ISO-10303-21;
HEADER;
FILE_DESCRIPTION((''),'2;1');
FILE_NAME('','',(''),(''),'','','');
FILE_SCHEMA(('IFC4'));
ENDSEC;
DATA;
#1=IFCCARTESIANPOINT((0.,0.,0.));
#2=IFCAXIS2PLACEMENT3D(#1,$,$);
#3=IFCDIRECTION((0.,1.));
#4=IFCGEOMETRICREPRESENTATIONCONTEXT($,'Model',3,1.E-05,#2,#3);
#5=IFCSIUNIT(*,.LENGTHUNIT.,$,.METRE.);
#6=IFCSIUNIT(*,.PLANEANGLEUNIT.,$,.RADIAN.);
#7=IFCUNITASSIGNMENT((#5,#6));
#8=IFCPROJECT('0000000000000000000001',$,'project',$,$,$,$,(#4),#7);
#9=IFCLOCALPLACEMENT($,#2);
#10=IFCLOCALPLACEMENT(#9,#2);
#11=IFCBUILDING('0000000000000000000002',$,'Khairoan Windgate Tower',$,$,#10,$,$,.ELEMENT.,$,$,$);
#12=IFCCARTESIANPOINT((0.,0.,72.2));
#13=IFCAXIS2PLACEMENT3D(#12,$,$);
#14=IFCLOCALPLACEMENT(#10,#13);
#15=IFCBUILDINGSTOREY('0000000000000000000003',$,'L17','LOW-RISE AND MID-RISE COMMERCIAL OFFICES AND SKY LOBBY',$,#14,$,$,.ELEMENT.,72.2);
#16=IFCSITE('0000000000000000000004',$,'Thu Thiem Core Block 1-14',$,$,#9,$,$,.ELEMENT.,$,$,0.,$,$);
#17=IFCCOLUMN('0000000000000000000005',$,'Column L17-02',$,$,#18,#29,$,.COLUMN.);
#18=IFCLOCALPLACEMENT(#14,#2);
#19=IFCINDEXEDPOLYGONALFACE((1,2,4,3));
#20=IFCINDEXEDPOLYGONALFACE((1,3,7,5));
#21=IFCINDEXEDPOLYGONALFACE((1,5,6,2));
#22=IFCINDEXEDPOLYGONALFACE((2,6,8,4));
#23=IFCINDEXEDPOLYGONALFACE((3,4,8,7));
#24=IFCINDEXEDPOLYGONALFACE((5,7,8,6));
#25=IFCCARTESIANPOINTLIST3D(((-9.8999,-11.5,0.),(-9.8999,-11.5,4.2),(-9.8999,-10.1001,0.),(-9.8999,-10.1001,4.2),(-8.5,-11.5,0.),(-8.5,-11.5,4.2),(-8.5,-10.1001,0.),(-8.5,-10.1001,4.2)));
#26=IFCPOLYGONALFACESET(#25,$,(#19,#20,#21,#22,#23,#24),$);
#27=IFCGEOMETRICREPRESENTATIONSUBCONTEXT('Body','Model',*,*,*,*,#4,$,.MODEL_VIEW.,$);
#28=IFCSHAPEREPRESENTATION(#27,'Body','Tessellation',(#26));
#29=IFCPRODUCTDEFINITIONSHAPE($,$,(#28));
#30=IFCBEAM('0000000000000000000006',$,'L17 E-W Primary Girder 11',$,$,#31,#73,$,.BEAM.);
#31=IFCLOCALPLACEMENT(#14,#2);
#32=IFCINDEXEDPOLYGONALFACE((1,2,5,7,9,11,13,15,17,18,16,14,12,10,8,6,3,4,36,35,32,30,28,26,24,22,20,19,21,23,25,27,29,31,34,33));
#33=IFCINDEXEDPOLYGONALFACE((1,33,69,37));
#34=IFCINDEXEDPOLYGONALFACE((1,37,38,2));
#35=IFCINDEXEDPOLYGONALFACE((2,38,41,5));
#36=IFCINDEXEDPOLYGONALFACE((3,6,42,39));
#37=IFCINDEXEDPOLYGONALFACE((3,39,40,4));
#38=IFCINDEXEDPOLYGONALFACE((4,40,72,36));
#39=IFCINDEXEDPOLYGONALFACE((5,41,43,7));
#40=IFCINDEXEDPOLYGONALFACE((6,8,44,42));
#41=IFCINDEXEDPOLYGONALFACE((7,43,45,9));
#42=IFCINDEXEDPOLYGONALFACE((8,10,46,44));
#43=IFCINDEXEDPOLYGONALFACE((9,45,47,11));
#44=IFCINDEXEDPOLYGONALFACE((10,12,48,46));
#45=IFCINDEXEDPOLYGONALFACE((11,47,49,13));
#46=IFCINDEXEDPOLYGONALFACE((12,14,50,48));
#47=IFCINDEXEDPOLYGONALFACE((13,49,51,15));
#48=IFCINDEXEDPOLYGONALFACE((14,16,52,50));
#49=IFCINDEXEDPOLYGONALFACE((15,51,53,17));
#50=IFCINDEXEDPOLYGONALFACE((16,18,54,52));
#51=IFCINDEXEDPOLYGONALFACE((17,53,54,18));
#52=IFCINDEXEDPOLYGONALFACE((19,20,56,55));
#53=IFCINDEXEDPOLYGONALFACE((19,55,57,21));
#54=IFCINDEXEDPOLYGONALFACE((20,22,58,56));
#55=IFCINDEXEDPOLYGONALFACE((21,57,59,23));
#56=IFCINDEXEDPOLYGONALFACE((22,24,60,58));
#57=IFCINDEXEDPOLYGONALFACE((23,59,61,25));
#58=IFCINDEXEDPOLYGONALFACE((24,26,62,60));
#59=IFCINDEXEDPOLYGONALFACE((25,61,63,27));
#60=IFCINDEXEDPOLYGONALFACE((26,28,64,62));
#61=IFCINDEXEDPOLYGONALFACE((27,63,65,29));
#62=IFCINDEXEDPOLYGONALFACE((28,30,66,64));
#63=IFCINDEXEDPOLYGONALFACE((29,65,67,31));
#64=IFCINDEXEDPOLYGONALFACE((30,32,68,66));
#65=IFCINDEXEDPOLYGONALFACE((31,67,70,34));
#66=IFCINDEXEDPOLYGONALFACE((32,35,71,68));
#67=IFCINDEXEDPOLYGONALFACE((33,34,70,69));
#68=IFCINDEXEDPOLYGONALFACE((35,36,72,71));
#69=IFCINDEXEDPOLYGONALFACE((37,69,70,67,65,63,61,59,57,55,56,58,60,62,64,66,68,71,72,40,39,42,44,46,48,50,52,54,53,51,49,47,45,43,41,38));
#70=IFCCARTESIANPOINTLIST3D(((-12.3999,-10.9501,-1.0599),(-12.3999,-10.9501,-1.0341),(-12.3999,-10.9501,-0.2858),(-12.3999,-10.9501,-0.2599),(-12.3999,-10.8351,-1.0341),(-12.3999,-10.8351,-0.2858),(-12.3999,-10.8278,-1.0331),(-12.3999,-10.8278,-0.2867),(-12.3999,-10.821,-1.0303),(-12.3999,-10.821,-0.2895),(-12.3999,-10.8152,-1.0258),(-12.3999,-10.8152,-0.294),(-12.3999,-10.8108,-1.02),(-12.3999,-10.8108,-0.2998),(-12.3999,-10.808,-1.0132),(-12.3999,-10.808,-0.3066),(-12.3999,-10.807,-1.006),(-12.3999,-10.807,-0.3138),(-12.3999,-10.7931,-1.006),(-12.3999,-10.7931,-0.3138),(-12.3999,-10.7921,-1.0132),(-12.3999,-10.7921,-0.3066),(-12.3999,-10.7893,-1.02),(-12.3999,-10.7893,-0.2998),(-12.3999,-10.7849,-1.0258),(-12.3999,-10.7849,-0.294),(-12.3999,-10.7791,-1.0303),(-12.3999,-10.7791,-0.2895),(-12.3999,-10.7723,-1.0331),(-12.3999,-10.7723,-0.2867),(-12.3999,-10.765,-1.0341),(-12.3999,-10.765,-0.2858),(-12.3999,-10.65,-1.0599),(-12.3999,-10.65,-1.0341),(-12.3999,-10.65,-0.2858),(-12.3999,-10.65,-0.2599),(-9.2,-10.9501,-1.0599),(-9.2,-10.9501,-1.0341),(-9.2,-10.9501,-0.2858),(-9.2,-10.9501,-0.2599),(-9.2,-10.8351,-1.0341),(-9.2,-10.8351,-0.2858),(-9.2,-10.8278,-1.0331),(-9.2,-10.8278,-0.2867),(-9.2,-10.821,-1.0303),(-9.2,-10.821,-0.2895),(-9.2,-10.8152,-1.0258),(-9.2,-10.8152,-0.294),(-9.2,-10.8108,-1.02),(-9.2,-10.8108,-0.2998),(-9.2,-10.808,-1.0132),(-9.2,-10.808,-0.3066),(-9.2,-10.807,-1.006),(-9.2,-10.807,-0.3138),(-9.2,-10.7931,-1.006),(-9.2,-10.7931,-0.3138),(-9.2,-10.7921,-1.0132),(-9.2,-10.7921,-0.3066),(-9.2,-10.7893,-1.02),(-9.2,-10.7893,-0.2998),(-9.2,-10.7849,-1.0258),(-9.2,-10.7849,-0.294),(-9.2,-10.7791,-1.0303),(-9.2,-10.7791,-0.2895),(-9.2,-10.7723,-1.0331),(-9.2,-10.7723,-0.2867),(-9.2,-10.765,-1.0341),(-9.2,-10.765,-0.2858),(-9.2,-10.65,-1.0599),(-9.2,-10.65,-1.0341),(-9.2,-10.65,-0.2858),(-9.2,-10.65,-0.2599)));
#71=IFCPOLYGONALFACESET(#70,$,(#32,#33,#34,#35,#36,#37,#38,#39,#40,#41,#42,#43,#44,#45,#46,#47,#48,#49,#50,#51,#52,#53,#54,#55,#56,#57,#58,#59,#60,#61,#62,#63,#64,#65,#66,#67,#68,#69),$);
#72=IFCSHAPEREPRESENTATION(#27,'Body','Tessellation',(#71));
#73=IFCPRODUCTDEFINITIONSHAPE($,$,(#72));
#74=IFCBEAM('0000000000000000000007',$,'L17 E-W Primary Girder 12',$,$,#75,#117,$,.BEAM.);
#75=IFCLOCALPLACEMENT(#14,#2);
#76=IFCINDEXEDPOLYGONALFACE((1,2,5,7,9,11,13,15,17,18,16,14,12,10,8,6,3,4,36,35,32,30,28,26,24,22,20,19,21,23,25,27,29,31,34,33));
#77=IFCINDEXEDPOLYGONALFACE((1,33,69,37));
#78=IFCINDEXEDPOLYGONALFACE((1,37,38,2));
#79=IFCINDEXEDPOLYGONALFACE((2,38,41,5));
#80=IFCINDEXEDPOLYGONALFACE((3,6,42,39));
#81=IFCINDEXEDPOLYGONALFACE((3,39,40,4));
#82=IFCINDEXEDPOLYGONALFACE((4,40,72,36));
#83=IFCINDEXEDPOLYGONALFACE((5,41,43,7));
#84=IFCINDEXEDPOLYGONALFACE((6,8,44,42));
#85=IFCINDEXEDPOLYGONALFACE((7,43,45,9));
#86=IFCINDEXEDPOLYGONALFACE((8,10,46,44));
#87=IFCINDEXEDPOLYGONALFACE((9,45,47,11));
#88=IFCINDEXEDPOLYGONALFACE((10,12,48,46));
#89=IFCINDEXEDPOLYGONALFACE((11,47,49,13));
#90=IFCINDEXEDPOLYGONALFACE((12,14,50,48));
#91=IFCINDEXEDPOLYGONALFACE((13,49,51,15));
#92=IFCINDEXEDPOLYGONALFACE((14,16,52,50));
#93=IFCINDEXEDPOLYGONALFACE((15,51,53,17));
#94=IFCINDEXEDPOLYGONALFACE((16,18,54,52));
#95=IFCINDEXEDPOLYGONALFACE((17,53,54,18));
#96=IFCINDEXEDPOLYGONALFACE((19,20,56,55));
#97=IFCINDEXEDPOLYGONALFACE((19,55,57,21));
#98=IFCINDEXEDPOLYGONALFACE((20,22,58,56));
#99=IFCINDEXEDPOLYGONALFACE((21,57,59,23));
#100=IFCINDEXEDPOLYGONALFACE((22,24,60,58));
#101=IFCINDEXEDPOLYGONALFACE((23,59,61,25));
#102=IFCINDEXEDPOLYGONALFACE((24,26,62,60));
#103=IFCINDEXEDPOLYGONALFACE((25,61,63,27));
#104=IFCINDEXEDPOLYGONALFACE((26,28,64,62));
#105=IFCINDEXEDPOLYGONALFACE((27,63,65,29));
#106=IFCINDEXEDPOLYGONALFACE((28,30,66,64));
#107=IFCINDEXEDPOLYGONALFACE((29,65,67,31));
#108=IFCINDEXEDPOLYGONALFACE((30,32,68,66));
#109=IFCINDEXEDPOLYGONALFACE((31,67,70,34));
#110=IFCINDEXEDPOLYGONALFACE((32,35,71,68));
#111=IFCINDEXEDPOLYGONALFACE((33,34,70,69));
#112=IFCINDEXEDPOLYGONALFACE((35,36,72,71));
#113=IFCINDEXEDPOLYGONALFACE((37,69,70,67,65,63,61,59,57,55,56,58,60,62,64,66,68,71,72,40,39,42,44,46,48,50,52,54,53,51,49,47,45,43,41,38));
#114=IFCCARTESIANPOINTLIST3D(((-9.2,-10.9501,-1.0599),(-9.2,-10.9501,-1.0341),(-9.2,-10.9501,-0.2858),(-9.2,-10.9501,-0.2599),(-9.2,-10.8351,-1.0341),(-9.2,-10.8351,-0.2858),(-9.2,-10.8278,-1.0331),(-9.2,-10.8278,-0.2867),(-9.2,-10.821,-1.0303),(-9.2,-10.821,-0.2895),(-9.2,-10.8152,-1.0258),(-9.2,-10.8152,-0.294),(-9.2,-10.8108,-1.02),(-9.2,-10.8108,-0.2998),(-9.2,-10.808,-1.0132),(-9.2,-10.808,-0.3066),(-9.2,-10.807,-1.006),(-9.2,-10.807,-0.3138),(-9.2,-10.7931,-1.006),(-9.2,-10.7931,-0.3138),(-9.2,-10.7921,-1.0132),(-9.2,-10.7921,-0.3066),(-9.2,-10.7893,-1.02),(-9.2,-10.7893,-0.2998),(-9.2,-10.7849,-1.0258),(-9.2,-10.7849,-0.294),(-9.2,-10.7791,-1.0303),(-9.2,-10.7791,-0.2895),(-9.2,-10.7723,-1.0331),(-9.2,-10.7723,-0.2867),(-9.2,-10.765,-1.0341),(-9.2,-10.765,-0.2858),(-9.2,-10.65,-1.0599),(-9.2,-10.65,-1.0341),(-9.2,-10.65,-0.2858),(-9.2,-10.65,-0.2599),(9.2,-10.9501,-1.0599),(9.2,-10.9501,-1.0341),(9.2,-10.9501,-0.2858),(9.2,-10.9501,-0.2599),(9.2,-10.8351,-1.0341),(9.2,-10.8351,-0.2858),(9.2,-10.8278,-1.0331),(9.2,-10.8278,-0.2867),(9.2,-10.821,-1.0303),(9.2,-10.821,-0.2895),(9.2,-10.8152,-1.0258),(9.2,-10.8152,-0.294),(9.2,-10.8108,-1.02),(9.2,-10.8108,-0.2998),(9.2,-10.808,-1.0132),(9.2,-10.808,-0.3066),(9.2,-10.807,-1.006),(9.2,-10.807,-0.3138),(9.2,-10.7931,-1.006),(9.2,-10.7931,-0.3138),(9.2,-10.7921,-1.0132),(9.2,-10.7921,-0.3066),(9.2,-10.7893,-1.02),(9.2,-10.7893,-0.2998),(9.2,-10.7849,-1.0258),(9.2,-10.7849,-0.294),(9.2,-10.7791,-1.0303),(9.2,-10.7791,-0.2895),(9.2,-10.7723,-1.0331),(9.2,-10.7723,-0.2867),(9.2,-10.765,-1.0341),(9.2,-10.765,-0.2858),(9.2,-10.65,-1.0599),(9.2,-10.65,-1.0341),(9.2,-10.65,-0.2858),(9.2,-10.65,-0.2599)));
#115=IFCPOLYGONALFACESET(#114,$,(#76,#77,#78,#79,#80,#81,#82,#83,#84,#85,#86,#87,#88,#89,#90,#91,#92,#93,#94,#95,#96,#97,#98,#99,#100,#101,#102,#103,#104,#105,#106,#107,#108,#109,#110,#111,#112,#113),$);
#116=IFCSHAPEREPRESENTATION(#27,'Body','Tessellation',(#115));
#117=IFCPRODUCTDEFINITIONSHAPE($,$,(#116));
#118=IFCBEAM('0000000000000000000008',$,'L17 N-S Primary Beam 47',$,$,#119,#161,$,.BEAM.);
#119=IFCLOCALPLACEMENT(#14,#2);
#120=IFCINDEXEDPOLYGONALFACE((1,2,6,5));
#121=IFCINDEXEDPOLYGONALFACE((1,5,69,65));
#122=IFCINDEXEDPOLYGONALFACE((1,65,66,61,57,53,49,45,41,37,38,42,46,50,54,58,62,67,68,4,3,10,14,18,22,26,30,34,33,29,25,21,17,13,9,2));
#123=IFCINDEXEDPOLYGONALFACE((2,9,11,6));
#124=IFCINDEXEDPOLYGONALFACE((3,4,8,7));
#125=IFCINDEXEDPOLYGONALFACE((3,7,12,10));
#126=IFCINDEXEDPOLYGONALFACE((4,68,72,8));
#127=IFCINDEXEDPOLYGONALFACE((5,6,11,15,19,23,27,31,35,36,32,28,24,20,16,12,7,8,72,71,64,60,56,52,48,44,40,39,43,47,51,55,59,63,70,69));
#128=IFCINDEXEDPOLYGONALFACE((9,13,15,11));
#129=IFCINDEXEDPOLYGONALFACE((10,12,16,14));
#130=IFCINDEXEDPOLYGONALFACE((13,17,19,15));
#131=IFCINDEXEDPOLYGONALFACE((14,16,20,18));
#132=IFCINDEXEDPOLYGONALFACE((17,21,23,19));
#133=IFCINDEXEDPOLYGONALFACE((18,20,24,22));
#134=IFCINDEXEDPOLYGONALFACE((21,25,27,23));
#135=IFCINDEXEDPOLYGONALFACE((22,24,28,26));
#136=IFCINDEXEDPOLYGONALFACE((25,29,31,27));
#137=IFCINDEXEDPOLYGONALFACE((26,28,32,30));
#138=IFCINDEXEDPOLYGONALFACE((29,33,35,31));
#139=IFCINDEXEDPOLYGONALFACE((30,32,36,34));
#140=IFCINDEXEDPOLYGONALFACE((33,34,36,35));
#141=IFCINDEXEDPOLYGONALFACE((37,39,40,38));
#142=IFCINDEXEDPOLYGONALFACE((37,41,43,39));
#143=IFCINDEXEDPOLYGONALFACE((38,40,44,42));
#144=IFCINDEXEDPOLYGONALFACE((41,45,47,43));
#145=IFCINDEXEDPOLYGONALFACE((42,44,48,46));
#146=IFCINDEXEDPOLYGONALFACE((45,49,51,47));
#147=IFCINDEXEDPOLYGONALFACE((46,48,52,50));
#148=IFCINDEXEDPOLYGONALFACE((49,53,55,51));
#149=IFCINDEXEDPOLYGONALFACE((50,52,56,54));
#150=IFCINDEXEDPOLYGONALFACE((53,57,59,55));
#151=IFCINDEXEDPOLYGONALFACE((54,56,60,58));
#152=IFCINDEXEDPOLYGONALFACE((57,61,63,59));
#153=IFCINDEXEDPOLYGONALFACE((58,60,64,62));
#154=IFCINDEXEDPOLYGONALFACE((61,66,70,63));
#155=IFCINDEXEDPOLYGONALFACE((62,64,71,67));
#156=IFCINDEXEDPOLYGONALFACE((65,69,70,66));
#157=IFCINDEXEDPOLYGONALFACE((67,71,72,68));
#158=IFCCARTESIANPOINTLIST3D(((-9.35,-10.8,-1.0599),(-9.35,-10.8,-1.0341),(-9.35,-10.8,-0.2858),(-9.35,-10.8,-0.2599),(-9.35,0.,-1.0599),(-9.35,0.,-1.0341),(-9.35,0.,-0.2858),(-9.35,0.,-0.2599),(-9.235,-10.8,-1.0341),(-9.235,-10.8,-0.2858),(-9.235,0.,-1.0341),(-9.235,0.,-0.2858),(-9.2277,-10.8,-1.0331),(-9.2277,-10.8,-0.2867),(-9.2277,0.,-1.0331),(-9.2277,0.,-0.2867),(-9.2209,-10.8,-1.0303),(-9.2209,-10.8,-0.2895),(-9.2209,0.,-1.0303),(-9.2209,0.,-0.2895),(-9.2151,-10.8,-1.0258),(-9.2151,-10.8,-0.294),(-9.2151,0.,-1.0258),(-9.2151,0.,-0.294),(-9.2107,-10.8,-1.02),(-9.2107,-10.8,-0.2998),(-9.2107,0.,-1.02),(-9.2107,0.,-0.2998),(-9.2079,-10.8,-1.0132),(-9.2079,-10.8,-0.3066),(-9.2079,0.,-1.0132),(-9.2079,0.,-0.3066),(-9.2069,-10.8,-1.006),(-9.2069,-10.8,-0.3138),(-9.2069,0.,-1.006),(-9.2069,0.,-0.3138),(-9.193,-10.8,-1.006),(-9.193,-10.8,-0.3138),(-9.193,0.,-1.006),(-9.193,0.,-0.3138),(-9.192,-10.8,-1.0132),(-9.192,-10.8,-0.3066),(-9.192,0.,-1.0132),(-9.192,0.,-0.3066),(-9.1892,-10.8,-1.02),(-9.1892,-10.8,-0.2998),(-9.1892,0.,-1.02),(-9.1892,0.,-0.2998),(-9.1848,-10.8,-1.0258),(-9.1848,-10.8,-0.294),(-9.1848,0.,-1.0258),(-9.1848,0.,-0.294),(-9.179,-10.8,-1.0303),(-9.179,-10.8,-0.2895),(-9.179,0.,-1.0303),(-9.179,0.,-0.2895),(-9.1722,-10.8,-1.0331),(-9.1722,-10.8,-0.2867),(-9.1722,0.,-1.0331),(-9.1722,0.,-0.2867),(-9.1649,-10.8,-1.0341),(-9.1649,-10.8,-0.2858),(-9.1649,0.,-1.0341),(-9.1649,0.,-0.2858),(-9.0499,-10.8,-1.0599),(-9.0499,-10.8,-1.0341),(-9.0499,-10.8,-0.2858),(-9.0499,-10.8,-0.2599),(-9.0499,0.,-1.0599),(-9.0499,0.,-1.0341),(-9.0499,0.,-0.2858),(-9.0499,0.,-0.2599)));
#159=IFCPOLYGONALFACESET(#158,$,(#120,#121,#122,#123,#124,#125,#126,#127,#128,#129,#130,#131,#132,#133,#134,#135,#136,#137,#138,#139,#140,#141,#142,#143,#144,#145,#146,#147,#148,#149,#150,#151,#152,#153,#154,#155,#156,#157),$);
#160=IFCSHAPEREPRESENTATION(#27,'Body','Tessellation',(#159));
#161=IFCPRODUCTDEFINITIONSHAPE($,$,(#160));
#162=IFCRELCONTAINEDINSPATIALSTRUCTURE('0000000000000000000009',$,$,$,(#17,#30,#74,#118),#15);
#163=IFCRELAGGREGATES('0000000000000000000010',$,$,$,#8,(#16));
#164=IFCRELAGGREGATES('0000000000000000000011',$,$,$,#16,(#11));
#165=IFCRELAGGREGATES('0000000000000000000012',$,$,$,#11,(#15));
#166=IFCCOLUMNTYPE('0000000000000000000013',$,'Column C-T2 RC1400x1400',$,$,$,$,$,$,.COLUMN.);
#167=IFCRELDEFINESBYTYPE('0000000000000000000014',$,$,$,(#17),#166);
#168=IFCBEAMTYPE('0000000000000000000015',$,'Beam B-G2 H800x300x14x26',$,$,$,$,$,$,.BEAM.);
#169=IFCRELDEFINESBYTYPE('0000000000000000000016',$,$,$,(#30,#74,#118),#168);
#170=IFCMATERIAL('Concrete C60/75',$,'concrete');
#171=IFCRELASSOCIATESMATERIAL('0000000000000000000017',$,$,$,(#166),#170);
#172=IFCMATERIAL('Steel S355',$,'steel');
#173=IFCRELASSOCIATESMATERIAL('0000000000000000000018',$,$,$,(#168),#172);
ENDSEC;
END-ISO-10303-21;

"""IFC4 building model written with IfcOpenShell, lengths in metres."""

from ifc_helpers import new_model, si_unit, direction, frame, origin, origin_2d, place, context, subcontext, project, spatial, rectangle, i_section, extrude, material, material_profile, profile_set, type_object, element, save


model = new_model("IFC4")

# Units and contexts
model_context = context("Model", 3, precision=1e-05, world=origin(), true_north=direction((0.0, 1.0)))
body_context = subcontext(model_context, "Body", "Model", "MODEL_VIEW")
ifc_project = project(units=[si_unit("LENGTHUNIT", "METRE"), si_unit("PLANEANGLEUNIT", "RADIAN")], contexts=[model_context])

# Site, building, storey
site_placement = place(None, origin())
site = spatial("IfcSite", under=ifc_project, at=site_placement, Name="Thu Thiem Core Block 1-14", CompositionType="ELEMENT", RefElevation=0.0)
building_placement = place(site_placement, origin())
building = spatial("IfcBuilding", under=site, at=building_placement, Name="Khairoan Windgate Tower", CompositionType="ELEMENT")
storey_placement = place(building_placement, frame((0.0, 0.0, 72.2)))
storey = spatial("IfcBuildingStorey", under=building, at=storey_placement, Name="L17", Description="LOW-RISE AND MID-RISE COMMERCIAL OFFICES AND SKY LOBBY", CompositionType="ELEMENT", Elevation=72.2)

# Column
ifc_material_1 = material(Name="Concrete C60/75", Category="concrete")
ifc_material_profile_1 = material_profile(ifc_material_1, rectangle(XDim=1.3999, YDim=1.3999, at=origin_2d()))
ifc_profile_set_1 = profile_set([ifc_material_profile_1], Name="Concrete C60/75")
column_type = type_object("IfcColumnType", Name="Column C-T2 RC1400x1400", PredefinedType="COLUMN", material=ifc_profile_set_1)
column_placement = place(storey_placement, frame((-9.2, -10.8, 0.0), z_axis=(0.0, 0.0, 1.0), x_axis=(1.0, 0.0, 0.0)))
element("IfcColumn", 1, at=column_placement, inside=storey, type_object=column_type, Name="Column L17-02", PredefinedType="COLUMN", context=body_context, shape_type="SweptSolid", body=[
    extrude(rectangle(XDim=1.3999, YDim=1.3999, at=origin_2d()), origin(), (0.0, 0.0, 1.0), 4.2),
])

# Beams
ifc_material_2 = material(Name="Steel S355", Category="steel")
ifc_material_profile_2 = material_profile(ifc_material_2, i_section(OverallWidth=0.3, OverallDepth=0.8, WebThickness=0.0139, FlangeThickness=0.0259, FilletRadius=0.0281, at=origin_2d()))
ifc_profile_set_2 = profile_set([ifc_material_profile_2], Name="Steel S355")
beam_type_1 = type_object("IfcBeamType", Name="Beam B-G2 H800x300x14x26", PredefinedType="BEAM", material=ifc_profile_set_2)
beam_1_placement = place(storey_placement, frame((-12.3999, -10.8, -0.6599), z_axis=(1.0, 0.0, 0.0), x_axis=(0.0, 1.0, 0.0)))
element("IfcBeam", 2, at=beam_1_placement, inside=storey, type_object=beam_type_1, Name="L17 E-W Primary Girder 11", PredefinedType="BEAM", context=body_context, shape_type="SweptSolid", body=[
    extrude(i_section(OverallWidth=0.3, OverallDepth=0.8, WebThickness=0.0139, FlangeThickness=0.0259, FilletRadius=0.0281, at=origin_2d()), origin(), (0.0, 0.0, 1.0), 3.2),
])
beam_2_placement = place(storey_placement, frame((-9.2, -10.8, -0.6599), z_axis=(1.0, 0.0, 0.0), x_axis=(0.0, 1.0, 0.0)))
element("IfcBeam", 3, at=beam_2_placement, inside=storey, type_object=beam_type_1, Name="L17 E-W Primary Girder 12", PredefinedType="BEAM", context=body_context, shape_type="SweptSolid", body=[
    extrude(i_section(OverallWidth=0.3, OverallDepth=0.8, WebThickness=0.0139, FlangeThickness=0.0259, FilletRadius=0.0281, at=origin_2d()), origin(), (0.0, 0.0, 1.0), 18.3999),
])
beam_3_placement = place(storey_placement, frame((-9.2, -10.8, -0.6599), z_axis=(0.0, 1.0, 0.0), x_axis=(-1.0, 0.0, 0.0)))
element("IfcBeam", 4, at=beam_3_placement, inside=storey, type_object=beam_type_1, Name="L17 N-S Primary Beam 47", PredefinedType="BEAM", context=body_context, shape_type="SweptSolid", body=[
    extrude(i_section(OverallWidth=0.3, OverallDepth=0.8, WebThickness=0.0139, FlangeThickness=0.0259, FilletRadius=0.0281, at=origin_2d()), origin(), (0.0, 0.0, 1.0), 10.8),
])

save(model, "model.ifc")
